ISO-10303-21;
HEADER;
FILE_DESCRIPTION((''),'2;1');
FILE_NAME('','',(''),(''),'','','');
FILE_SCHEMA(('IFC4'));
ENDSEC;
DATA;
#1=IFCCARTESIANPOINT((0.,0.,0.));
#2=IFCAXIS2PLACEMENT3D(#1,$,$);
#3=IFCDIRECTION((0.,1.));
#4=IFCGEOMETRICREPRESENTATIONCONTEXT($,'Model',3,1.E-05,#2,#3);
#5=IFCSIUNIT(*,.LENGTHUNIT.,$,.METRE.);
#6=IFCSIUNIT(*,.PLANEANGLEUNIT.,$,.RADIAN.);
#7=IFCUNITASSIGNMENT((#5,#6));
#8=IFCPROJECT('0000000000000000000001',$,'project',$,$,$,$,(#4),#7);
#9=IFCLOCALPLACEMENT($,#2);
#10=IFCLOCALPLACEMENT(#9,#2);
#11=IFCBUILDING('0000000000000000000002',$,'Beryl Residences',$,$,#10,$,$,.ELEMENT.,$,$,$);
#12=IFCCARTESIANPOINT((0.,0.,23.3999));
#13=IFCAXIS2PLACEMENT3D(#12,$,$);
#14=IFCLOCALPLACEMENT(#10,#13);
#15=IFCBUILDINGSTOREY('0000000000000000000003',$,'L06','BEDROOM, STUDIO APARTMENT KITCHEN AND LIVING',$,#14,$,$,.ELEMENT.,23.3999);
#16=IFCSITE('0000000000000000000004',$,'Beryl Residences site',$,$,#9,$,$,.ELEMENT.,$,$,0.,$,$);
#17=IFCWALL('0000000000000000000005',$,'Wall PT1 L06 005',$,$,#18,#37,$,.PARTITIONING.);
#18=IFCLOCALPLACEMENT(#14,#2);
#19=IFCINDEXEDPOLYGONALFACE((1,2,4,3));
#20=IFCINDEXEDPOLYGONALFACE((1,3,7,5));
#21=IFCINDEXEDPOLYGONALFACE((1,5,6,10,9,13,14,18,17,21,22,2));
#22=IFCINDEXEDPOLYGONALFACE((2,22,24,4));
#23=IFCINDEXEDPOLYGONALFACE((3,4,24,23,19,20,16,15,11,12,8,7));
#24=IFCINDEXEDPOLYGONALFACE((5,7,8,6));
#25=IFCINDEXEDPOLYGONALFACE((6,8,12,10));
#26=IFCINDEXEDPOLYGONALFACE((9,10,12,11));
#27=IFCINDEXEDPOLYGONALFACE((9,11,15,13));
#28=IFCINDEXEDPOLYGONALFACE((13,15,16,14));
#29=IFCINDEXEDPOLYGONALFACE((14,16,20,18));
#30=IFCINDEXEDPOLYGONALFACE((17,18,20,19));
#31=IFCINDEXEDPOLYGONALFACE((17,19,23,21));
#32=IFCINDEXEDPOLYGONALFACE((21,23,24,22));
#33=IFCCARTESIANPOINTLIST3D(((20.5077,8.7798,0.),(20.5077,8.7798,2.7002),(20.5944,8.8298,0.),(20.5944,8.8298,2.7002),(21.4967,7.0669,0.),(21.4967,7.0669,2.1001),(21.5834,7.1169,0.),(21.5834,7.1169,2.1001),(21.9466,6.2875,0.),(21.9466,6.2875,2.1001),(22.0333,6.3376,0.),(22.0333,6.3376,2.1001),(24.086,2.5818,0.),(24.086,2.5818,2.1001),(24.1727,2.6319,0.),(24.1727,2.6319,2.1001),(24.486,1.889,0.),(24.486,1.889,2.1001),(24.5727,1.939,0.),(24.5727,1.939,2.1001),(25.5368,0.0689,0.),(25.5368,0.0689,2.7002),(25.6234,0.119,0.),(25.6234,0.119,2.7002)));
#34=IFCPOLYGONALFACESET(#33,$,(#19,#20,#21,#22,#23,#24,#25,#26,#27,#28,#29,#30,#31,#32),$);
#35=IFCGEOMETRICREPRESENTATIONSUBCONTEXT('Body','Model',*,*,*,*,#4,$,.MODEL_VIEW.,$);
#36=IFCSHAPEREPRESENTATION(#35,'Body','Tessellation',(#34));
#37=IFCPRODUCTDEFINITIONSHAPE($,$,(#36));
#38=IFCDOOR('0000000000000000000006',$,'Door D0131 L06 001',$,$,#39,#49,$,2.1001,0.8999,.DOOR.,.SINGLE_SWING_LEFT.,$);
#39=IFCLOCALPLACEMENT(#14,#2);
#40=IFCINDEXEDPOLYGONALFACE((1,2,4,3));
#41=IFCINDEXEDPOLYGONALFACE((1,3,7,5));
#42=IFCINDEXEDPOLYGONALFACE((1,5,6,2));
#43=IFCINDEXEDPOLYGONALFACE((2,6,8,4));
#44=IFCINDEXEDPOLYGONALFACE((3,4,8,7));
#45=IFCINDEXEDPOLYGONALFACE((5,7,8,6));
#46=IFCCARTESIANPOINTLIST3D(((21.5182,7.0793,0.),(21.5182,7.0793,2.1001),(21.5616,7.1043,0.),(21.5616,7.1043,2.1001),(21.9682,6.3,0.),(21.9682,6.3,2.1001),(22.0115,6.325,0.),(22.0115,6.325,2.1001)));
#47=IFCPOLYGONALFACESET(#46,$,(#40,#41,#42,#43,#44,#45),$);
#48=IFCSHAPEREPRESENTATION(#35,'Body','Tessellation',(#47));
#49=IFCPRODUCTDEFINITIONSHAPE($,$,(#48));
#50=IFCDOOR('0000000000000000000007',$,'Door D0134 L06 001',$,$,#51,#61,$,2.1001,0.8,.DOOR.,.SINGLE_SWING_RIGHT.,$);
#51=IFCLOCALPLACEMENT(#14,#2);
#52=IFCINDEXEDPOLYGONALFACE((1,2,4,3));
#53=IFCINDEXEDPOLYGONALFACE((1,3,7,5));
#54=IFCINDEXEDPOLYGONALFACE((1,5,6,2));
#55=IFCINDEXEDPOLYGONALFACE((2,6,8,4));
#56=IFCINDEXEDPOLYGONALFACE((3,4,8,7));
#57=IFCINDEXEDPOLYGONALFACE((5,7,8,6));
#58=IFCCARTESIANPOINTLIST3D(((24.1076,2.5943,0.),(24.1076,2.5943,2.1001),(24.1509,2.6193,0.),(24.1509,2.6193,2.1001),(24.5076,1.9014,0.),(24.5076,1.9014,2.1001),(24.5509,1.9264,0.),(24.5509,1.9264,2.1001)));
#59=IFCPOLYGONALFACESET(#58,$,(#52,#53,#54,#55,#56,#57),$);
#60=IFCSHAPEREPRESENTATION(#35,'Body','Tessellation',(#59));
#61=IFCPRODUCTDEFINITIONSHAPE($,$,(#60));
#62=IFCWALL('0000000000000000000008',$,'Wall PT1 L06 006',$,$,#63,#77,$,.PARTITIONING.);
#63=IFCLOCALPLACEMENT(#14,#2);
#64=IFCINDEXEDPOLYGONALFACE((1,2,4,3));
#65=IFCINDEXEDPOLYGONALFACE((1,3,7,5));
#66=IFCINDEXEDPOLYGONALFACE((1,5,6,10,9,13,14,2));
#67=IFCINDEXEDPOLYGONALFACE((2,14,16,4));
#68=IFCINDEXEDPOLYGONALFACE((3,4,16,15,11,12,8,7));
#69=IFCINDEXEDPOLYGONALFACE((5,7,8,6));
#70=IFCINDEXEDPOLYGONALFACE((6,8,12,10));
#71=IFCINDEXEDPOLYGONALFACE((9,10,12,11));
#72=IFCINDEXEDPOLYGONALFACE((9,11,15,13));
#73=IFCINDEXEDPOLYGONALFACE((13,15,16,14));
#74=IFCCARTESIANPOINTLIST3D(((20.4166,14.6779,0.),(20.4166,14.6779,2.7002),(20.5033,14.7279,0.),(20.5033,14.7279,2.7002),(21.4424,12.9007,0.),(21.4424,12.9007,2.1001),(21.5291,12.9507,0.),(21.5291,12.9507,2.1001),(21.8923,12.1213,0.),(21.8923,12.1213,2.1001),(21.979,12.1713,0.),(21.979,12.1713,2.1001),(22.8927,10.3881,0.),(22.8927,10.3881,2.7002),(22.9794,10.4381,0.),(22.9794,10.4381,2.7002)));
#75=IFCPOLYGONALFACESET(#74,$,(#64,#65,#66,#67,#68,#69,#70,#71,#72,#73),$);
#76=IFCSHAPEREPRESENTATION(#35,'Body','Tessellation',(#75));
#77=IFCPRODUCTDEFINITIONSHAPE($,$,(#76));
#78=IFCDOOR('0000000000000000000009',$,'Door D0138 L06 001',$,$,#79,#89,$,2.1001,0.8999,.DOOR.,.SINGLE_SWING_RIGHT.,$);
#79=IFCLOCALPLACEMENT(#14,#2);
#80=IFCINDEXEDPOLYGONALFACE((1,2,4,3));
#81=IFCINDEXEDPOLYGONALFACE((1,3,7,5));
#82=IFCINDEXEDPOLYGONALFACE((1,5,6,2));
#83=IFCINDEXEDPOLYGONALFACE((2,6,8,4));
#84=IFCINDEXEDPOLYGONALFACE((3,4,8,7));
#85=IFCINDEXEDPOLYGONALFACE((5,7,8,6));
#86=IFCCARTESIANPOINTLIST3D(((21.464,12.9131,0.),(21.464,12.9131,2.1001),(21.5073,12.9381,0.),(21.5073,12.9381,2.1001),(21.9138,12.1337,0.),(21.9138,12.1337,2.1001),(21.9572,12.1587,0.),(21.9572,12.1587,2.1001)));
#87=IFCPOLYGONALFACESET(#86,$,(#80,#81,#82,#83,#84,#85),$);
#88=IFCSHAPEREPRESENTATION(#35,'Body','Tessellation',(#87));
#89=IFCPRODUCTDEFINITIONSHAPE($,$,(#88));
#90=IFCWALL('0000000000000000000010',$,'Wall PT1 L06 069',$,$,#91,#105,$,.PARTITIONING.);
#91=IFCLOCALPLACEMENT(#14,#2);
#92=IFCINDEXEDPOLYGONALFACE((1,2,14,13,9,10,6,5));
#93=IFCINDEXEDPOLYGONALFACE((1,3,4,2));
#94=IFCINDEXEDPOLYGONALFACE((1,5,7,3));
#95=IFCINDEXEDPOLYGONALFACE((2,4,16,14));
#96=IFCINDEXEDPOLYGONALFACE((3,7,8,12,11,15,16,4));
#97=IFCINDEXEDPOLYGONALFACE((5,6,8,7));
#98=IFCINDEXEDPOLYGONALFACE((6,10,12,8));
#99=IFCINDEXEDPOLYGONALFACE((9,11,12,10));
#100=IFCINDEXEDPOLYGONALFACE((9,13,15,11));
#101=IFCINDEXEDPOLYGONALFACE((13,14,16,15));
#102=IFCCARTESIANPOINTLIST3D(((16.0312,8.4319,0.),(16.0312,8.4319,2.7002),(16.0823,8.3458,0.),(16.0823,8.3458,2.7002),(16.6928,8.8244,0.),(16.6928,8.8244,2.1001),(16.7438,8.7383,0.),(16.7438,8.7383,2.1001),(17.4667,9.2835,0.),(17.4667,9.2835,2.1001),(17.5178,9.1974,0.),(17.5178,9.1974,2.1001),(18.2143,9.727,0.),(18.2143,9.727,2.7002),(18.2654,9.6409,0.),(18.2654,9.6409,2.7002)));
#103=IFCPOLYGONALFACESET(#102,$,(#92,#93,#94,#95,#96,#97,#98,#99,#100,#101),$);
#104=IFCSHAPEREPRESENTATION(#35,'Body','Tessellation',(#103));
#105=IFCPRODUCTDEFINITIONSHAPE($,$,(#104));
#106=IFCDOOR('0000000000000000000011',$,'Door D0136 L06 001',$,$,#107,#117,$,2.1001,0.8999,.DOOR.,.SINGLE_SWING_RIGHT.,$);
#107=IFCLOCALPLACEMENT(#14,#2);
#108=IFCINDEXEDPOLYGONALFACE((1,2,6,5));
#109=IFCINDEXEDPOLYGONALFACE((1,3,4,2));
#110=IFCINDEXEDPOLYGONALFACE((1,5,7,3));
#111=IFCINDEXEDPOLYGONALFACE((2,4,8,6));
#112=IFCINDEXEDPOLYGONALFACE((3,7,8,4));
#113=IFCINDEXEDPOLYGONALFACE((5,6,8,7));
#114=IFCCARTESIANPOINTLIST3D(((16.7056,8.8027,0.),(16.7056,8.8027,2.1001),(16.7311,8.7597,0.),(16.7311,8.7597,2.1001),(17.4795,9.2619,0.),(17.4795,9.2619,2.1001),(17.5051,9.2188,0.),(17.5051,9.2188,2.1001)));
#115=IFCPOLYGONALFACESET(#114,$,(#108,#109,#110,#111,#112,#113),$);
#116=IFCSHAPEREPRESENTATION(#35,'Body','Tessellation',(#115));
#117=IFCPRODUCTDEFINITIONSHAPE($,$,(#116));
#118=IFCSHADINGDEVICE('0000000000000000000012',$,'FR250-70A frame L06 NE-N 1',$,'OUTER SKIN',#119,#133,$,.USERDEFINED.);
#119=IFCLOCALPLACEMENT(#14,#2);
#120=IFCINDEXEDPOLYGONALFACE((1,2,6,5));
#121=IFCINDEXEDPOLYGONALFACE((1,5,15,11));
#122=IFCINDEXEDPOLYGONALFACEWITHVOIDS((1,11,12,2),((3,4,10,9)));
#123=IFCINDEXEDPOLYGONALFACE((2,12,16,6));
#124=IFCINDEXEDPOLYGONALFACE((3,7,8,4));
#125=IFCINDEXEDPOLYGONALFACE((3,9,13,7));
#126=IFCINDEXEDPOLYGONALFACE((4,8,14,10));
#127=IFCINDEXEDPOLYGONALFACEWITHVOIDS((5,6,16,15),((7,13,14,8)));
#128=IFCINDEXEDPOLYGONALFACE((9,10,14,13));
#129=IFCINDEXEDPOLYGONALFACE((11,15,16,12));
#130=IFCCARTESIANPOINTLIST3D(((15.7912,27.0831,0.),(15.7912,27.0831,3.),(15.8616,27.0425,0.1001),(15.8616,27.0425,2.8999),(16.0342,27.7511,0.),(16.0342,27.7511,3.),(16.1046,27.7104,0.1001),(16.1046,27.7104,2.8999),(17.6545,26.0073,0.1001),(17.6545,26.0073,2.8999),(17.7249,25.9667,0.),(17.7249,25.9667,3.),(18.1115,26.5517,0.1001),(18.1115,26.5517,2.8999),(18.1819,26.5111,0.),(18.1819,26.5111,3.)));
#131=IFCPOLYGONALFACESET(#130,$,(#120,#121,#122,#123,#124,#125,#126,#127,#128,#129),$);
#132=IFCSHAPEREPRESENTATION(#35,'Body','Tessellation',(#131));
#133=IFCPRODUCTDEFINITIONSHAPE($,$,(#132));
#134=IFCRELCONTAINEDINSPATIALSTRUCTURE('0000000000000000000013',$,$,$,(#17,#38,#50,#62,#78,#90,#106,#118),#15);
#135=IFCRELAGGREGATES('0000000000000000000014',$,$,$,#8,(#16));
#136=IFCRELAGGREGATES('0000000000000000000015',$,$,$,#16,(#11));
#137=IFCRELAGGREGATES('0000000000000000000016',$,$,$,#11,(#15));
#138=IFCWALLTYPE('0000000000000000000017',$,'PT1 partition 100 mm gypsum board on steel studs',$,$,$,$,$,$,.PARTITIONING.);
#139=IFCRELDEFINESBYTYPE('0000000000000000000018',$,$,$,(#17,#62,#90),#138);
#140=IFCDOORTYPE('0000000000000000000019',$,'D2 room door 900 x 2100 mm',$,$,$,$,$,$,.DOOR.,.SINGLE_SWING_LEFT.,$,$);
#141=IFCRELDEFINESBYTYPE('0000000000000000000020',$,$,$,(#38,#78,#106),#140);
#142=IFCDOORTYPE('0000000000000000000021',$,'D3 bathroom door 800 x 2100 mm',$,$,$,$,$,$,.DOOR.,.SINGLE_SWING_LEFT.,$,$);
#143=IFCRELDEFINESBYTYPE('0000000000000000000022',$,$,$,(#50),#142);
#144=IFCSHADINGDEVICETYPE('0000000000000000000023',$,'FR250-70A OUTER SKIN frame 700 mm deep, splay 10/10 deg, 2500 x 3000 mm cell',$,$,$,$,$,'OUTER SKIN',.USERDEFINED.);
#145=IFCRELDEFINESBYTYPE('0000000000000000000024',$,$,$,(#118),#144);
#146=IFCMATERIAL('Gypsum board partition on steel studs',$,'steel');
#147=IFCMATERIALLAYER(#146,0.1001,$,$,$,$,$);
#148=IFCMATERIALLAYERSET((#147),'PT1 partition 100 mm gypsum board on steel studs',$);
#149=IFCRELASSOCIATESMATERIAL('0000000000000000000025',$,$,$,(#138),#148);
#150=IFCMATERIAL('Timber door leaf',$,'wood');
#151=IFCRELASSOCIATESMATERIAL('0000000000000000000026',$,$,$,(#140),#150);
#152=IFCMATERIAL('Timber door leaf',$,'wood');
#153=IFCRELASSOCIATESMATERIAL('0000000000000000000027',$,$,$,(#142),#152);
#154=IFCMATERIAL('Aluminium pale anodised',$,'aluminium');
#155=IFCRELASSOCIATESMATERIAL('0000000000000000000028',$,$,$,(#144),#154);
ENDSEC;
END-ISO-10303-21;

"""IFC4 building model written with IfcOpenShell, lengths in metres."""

from ifc_helpers import new_model, entity, si_unit, direction, frame, frame_2d, origin, place, context, subcontext, project, spatial, rectangle, extrude, source, transform, mapped, material, layer, layer_set, type_object, type_shapes, element, fill, save


model = new_model("IFC4")

# Units and contexts
model_context = context("Model", 3, precision=1e-05, world=origin(), true_north=direction((0.0, 1.0)))
body_context = subcontext(model_context, "Body", "Model", "MODEL_VIEW")
ifc_project = project(units=[si_unit("LENGTHUNIT", "METRE"), si_unit("PLANEANGLEUNIT", "RADIAN")], contexts=[model_context])

# Site, building, storey
site_placement = place(None, origin())
site = spatial("IfcSite", under=ifc_project, at=site_placement, Name="Beryl Residences site", CompositionType="ELEMENT", RefElevation=0.0)
building_placement = place(site_placement, origin())
building = spatial("IfcBuilding", under=site, at=building_placement, Name="Beryl Residences", CompositionType="ELEMENT")
storey_placement = place(building_placement, frame((0.0, 0.0, 23.3999)))
storey = spatial("IfcBuildingStorey", under=building, at=storey_placement, Name="L06", Description="BEDROOM, STUDIO APARTMENT KITCHEN AND LIVING", CompositionType="ELEMENT", Elevation=23.3999)

# Shared definitions
ifc_material_1 = material(Name="Gypsum board partition on steel studs", Category="steel")
ifc_layer_1 = layer(ifc_material_1, 0.1001)
ifc_layer_set_1 = layer_set([ifc_layer_1], Name="PT1 partition 100 mm gypsum board on steel studs")
wall_type_1 = type_object("IfcWallType", Name="PT1 partition 100 mm gypsum board on steel studs", PredefinedType="PARTITIONING", material=ifc_layer_set_1)

# Wall, openings, doors
wall_1_placement = place(storey_placement, frame((20.551, 8.8049, 0.0), z_axis=(0.0, 0.0, 1.0), x_axis=(0.499984, -0.866034, 0.0)))
wall_1 = element("IfcWall", 1, at=wall_1_placement, inside=storey, type_object=wall_type_1, Name="Wall PT1 L06 005", PredefinedType="PARTITIONING", context=body_context, shape_type="SweptSolid", body=[
    extrude(rectangle(XDim=10.0583, YDim=0.1001, at=frame_2d((5.0293, 0.0))), origin(), (0.0, 0.0, 1.0), 2.7002),
])
opening_1_placement = place(wall_1_placement, frame((1.978, 0.0, 0.0)))
opening_1 = element("IfcOpeningElement", 2, at=opening_1_placement, cuts=wall_1, PredefinedType="OPENING", context=body_context, shape_type="SweptSolid", body=[
    extrude(rectangle(XDim=0.8999, YDim=2.1001, at=frame_2d((0.45, 1.05))), frame((0.0, 0.0601, 0.0), z_axis=(0.0, -1.0, 0.0), x_axis=(1.0, 0.0, 0.0)), (0.0, 0.0, 1.0), 0.1201),
])
opening_2_placement = place(wall_1_placement, frame((7.157, 0.0, 0.0)))
opening_2 = element("IfcOpeningElement", 3, at=opening_2_placement, cuts=wall_1, PredefinedType="OPENING", context=body_context, shape_type="SweptSolid", body=[
    extrude(rectangle(XDim=0.8, YDim=2.1001, at=frame_2d((0.3999, 1.05))), frame((0.0, 0.0601, 0.0), z_axis=(0.0, -1.0, 0.0), x_axis=(1.0, 0.0, 0.0)), (0.0, 0.0, 1.0), 0.1201),
])
ifc_material_2 = material(Name="Timber door leaf", Category="wood")
door_type_1 = type_object("IfcDoorType", Name="D2 room door 900 x 2100 mm", OperationType="SINGLE_SWING_LEFT", PredefinedType="DOOR", material=ifc_material_2)
door_1_placement = place(opening_1_placement, origin())
door_1 = element("IfcDoor", 4, at=door_1_placement, inside=storey, type_object=door_type_1, Name="Door D0131 L06 001", OperationType="SINGLE_SWING_LEFT", OverallHeight=2.1001, OverallWidth=0.8999, PredefinedType="DOOR", context=body_context, shape_type="SweptSolid", body=[
    extrude(rectangle(XDim=0.8999, YDim=2.1001, at=frame_2d((0.45, 1.05))), frame((0.0, 0.0249, 0.0), z_axis=(0.0, -1.0, 0.0), x_axis=(1.0, 0.0, 0.0)), (0.0, 0.0, 1.0), 0.05),
])
fill(opening_1, door_1)
ifc_material_3 = material(Name="Timber door leaf", Category="wood")
door_type_2 = type_object("IfcDoorType", Name="D3 bathroom door 800 x 2100 mm", OperationType="SINGLE_SWING_LEFT", PredefinedType="DOOR", material=ifc_material_3)
door_2_placement = place(opening_2_placement, origin())
door_2 = element("IfcDoor", 5, at=door_2_placement, inside=storey, type_object=door_type_2, Name="Door D0134 L06 001", OperationType="SINGLE_SWING_RIGHT", OverallHeight=2.1001, OverallWidth=0.8, PredefinedType="DOOR", context=body_context, shape_type="SweptSolid", body=[
    extrude(rectangle(XDim=0.8, YDim=2.1001, at=frame_2d((0.3999, 1.05))), frame((0.0, 0.0249, 0.0), z_axis=(0.0, -1.0, 0.0), x_axis=(1.0, 0.0, 0.0)), (0.0, 0.0, 1.0), 0.05),
])
fill(opening_2, door_2)

# Walls, openings, doors
wall_2_placement = place(storey_placement, frame((20.46, 14.7029, 0.0), z_axis=(0.0, 0.0, 1.0), x_axis=(0.499903, -0.866081, 0.0)))
wall_2 = element("IfcWall", 6, at=wall_2_placement, inside=storey, type_object=wall_type_1, Name="Wall PT1 L06 006", PredefinedType="PARTITIONING", context=body_context, shape_type="SweptSolid", body=[
    extrude(rectangle(XDim=4.9531, YDim=0.1001, at=frame_2d((2.4766, 0.0))), origin(), (0.0, 0.0, 1.0), 2.7002),
])
opening_3_placement = place(wall_2_placement, frame((2.052, 0.0, 0.0)))
opening_3 = element("IfcOpeningElement", 7, at=opening_3_placement, cuts=wall_2, PredefinedType="OPENING", context=body_context, shape_type="SweptSolid", body=[
    extrude(rectangle(XDim=0.8999, YDim=2.1001, at=frame_2d((0.45, 1.05))), frame((0.0, 0.0601, 0.0), z_axis=(0.0, -1.0, 0.0), x_axis=(1.0, 0.0, 0.0)), (0.0, 0.0, 1.0), 0.1201),
])
door_3_placement = place(opening_3_placement, origin())
door_3 = element("IfcDoor", 8, at=door_3_placement, inside=storey, type_object=door_type_1, Name="Door D0138 L06 001", OperationType="SINGLE_SWING_RIGHT", OverallHeight=2.1001, OverallWidth=0.8999, PredefinedType="DOOR", context=body_context, shape_type="SweptSolid", body=[
    extrude(rectangle(XDim=0.8999, YDim=2.1001, at=frame_2d((0.45, 1.05))), frame((0.0, 0.0249, 0.0), z_axis=(0.0, -1.0, 0.0), x_axis=(1.0, 0.0, 0.0)), (0.0, 0.0, 1.0), 0.05),
])
fill(opening_3, door_3)
wall_3_placement = place(storey_placement, frame((16.0569, 8.3889, 0.0), z_axis=(0.0, 0.0, 1.0), x_axis=(0.860037, 0.510232, 0.0)))
wall_3 = element("IfcWall", 9, at=wall_3_placement, inside=storey, type_object=wall_type_1, Name="Wall PT1 L06 069", PredefinedType="PARTITIONING", context=body_context, shape_type="SweptSolid", body=[
    extrude(rectangle(XDim=2.5383, YDim=0.1001, at=frame_2d((1.269, 0.0))), origin(), (0.0, 0.0, 1.0), 2.7002),
])
opening_4_placement = place(wall_3_placement, frame((0.769, 0.0, 0.0)))
opening_4 = element("IfcOpeningElement", 10, at=opening_4_placement, cuts=wall_3, PredefinedType="OPENING", context=body_context, shape_type="SweptSolid", body=[
    extrude(rectangle(XDim=0.8999, YDim=2.1001, at=frame_2d((0.45, 1.05))), frame((0.0, 0.0601, 0.0), z_axis=(0.0, -1.0, 0.0), x_axis=(1.0, 0.0, 0.0)), (0.0, 0.0, 1.0), 0.1201),
])
door_4_placement = place(opening_4_placement, origin())
door_4 = element("IfcDoor", 11, at=door_4_placement, inside=storey, type_object=door_type_1, Name="Door D0136 L06 001", OperationType="SINGLE_SWING_RIGHT", OverallHeight=2.1001, OverallWidth=0.8999, PredefinedType="DOOR", context=body_context, shape_type="SweptSolid", body=[
    extrude(rectangle(XDim=0.8999, YDim=2.1001, at=frame_2d((0.45, 1.05))), frame((0.0, 0.0249, 0.0), z_axis=(0.0, -1.0, 0.0), x_axis=(1.0, 0.0, 0.0)), (0.0, 0.0, 1.0), 0.05),
])
fill(opening_4, door_4)

# Shading device
ifc_material_4 = material(Name="Aluminium pale anodised", Category="aluminium")
shading_device_type_1 = type_object("IfcShadingDeviceType", Name="FR250-70A OUTER SKIN frame 700 mm deep, splay 10/10 deg, 2500 x 3000 mm cell", ElementType="OUTER SKIN", PredefinedType="USERDEFINED", material=ifc_material_4)
cartesian_point_1 = entity("IfcCartesianPoint", [-1.1165, 0.0])
cartesian_point_2 = entity("IfcCartesianPoint", [-1.0352, 0.1001])
cartesian_point_3 = entity("IfcCartesianPoint", [-1.24, 0.0])
cartesian_point_4 = entity("IfcCartesianPoint", [-1.1587, 0.1001])
shared_shape_1 = source(origin(), body_context, "Body", "SweptSolid", [
    entity("IfcExtrudedAreaSolidTapered", entity("IfcArbitraryProfileDefWithVoids", "AREA", None, entity("IfcPolyline", [cartesian_point_1, entity("IfcCartesianPoint", [1.1165, 0.0]), entity("IfcCartesianPoint", [1.1165, 3.0]), entity("IfcCartesianPoint", [-1.1165, 3.0]), cartesian_point_1]), [entity("IfcPolyline", [cartesian_point_2, entity("IfcCartesianPoint", [1.0352, 0.1001]), entity("IfcCartesianPoint", [1.0352, 2.8999]), entity("IfcCartesianPoint", [-1.0352, 2.8999]), cartesian_point_2])]), entity("IfcAxis2Placement3D", entity("IfcCartesianPoint", [0.0, 0.0, 0.0]), entity("IfcDirection", [0.0, 1.0, 0.0]), entity("IfcDirection", [-1.0, 0.0, 0.0])), entity("IfcDirection", [0.0, 0.0, 1.0]), 0.7, entity("IfcArbitraryProfileDefWithVoids", "AREA", None, entity("IfcPolyline", [cartesian_point_3, entity("IfcCartesianPoint", [1.24, 0.0]), entity("IfcCartesianPoint", [1.24, 3.0]), entity("IfcCartesianPoint", [-1.24, 3.0]), cartesian_point_3]), [entity("IfcPolyline", [cartesian_point_4, entity("IfcCartesianPoint", [1.1587, 0.1001]), entity("IfcCartesianPoint", [1.1587, 2.8999]), entity("IfcCartesianPoint", [-1.1587, 2.8999]), cartesian_point_4])])),
])
type_shapes(shading_device_type_1, [shared_shape_1])
shading_device_placement = place(storey_placement, frame((16.7581, 26.5249, 0.0), z_axis=(0.0, 0.0, 1.0), x_axis=(0.866025, -0.5, 0.0)))
element("IfcShadingDevice", 12, at=shading_device_placement, inside=storey, type_object=shading_device_type_1, Name="FR250-70A frame L06 NE-N 1", ObjectType="OUTER SKIN", PredefinedType="USERDEFINED", context=body_context, shape_type="MappedRepresentation", body=[
    mapped(shared_shape_1, transform((0.0, 0.0, 0.0))),
])

save(model, "model.ifc")
